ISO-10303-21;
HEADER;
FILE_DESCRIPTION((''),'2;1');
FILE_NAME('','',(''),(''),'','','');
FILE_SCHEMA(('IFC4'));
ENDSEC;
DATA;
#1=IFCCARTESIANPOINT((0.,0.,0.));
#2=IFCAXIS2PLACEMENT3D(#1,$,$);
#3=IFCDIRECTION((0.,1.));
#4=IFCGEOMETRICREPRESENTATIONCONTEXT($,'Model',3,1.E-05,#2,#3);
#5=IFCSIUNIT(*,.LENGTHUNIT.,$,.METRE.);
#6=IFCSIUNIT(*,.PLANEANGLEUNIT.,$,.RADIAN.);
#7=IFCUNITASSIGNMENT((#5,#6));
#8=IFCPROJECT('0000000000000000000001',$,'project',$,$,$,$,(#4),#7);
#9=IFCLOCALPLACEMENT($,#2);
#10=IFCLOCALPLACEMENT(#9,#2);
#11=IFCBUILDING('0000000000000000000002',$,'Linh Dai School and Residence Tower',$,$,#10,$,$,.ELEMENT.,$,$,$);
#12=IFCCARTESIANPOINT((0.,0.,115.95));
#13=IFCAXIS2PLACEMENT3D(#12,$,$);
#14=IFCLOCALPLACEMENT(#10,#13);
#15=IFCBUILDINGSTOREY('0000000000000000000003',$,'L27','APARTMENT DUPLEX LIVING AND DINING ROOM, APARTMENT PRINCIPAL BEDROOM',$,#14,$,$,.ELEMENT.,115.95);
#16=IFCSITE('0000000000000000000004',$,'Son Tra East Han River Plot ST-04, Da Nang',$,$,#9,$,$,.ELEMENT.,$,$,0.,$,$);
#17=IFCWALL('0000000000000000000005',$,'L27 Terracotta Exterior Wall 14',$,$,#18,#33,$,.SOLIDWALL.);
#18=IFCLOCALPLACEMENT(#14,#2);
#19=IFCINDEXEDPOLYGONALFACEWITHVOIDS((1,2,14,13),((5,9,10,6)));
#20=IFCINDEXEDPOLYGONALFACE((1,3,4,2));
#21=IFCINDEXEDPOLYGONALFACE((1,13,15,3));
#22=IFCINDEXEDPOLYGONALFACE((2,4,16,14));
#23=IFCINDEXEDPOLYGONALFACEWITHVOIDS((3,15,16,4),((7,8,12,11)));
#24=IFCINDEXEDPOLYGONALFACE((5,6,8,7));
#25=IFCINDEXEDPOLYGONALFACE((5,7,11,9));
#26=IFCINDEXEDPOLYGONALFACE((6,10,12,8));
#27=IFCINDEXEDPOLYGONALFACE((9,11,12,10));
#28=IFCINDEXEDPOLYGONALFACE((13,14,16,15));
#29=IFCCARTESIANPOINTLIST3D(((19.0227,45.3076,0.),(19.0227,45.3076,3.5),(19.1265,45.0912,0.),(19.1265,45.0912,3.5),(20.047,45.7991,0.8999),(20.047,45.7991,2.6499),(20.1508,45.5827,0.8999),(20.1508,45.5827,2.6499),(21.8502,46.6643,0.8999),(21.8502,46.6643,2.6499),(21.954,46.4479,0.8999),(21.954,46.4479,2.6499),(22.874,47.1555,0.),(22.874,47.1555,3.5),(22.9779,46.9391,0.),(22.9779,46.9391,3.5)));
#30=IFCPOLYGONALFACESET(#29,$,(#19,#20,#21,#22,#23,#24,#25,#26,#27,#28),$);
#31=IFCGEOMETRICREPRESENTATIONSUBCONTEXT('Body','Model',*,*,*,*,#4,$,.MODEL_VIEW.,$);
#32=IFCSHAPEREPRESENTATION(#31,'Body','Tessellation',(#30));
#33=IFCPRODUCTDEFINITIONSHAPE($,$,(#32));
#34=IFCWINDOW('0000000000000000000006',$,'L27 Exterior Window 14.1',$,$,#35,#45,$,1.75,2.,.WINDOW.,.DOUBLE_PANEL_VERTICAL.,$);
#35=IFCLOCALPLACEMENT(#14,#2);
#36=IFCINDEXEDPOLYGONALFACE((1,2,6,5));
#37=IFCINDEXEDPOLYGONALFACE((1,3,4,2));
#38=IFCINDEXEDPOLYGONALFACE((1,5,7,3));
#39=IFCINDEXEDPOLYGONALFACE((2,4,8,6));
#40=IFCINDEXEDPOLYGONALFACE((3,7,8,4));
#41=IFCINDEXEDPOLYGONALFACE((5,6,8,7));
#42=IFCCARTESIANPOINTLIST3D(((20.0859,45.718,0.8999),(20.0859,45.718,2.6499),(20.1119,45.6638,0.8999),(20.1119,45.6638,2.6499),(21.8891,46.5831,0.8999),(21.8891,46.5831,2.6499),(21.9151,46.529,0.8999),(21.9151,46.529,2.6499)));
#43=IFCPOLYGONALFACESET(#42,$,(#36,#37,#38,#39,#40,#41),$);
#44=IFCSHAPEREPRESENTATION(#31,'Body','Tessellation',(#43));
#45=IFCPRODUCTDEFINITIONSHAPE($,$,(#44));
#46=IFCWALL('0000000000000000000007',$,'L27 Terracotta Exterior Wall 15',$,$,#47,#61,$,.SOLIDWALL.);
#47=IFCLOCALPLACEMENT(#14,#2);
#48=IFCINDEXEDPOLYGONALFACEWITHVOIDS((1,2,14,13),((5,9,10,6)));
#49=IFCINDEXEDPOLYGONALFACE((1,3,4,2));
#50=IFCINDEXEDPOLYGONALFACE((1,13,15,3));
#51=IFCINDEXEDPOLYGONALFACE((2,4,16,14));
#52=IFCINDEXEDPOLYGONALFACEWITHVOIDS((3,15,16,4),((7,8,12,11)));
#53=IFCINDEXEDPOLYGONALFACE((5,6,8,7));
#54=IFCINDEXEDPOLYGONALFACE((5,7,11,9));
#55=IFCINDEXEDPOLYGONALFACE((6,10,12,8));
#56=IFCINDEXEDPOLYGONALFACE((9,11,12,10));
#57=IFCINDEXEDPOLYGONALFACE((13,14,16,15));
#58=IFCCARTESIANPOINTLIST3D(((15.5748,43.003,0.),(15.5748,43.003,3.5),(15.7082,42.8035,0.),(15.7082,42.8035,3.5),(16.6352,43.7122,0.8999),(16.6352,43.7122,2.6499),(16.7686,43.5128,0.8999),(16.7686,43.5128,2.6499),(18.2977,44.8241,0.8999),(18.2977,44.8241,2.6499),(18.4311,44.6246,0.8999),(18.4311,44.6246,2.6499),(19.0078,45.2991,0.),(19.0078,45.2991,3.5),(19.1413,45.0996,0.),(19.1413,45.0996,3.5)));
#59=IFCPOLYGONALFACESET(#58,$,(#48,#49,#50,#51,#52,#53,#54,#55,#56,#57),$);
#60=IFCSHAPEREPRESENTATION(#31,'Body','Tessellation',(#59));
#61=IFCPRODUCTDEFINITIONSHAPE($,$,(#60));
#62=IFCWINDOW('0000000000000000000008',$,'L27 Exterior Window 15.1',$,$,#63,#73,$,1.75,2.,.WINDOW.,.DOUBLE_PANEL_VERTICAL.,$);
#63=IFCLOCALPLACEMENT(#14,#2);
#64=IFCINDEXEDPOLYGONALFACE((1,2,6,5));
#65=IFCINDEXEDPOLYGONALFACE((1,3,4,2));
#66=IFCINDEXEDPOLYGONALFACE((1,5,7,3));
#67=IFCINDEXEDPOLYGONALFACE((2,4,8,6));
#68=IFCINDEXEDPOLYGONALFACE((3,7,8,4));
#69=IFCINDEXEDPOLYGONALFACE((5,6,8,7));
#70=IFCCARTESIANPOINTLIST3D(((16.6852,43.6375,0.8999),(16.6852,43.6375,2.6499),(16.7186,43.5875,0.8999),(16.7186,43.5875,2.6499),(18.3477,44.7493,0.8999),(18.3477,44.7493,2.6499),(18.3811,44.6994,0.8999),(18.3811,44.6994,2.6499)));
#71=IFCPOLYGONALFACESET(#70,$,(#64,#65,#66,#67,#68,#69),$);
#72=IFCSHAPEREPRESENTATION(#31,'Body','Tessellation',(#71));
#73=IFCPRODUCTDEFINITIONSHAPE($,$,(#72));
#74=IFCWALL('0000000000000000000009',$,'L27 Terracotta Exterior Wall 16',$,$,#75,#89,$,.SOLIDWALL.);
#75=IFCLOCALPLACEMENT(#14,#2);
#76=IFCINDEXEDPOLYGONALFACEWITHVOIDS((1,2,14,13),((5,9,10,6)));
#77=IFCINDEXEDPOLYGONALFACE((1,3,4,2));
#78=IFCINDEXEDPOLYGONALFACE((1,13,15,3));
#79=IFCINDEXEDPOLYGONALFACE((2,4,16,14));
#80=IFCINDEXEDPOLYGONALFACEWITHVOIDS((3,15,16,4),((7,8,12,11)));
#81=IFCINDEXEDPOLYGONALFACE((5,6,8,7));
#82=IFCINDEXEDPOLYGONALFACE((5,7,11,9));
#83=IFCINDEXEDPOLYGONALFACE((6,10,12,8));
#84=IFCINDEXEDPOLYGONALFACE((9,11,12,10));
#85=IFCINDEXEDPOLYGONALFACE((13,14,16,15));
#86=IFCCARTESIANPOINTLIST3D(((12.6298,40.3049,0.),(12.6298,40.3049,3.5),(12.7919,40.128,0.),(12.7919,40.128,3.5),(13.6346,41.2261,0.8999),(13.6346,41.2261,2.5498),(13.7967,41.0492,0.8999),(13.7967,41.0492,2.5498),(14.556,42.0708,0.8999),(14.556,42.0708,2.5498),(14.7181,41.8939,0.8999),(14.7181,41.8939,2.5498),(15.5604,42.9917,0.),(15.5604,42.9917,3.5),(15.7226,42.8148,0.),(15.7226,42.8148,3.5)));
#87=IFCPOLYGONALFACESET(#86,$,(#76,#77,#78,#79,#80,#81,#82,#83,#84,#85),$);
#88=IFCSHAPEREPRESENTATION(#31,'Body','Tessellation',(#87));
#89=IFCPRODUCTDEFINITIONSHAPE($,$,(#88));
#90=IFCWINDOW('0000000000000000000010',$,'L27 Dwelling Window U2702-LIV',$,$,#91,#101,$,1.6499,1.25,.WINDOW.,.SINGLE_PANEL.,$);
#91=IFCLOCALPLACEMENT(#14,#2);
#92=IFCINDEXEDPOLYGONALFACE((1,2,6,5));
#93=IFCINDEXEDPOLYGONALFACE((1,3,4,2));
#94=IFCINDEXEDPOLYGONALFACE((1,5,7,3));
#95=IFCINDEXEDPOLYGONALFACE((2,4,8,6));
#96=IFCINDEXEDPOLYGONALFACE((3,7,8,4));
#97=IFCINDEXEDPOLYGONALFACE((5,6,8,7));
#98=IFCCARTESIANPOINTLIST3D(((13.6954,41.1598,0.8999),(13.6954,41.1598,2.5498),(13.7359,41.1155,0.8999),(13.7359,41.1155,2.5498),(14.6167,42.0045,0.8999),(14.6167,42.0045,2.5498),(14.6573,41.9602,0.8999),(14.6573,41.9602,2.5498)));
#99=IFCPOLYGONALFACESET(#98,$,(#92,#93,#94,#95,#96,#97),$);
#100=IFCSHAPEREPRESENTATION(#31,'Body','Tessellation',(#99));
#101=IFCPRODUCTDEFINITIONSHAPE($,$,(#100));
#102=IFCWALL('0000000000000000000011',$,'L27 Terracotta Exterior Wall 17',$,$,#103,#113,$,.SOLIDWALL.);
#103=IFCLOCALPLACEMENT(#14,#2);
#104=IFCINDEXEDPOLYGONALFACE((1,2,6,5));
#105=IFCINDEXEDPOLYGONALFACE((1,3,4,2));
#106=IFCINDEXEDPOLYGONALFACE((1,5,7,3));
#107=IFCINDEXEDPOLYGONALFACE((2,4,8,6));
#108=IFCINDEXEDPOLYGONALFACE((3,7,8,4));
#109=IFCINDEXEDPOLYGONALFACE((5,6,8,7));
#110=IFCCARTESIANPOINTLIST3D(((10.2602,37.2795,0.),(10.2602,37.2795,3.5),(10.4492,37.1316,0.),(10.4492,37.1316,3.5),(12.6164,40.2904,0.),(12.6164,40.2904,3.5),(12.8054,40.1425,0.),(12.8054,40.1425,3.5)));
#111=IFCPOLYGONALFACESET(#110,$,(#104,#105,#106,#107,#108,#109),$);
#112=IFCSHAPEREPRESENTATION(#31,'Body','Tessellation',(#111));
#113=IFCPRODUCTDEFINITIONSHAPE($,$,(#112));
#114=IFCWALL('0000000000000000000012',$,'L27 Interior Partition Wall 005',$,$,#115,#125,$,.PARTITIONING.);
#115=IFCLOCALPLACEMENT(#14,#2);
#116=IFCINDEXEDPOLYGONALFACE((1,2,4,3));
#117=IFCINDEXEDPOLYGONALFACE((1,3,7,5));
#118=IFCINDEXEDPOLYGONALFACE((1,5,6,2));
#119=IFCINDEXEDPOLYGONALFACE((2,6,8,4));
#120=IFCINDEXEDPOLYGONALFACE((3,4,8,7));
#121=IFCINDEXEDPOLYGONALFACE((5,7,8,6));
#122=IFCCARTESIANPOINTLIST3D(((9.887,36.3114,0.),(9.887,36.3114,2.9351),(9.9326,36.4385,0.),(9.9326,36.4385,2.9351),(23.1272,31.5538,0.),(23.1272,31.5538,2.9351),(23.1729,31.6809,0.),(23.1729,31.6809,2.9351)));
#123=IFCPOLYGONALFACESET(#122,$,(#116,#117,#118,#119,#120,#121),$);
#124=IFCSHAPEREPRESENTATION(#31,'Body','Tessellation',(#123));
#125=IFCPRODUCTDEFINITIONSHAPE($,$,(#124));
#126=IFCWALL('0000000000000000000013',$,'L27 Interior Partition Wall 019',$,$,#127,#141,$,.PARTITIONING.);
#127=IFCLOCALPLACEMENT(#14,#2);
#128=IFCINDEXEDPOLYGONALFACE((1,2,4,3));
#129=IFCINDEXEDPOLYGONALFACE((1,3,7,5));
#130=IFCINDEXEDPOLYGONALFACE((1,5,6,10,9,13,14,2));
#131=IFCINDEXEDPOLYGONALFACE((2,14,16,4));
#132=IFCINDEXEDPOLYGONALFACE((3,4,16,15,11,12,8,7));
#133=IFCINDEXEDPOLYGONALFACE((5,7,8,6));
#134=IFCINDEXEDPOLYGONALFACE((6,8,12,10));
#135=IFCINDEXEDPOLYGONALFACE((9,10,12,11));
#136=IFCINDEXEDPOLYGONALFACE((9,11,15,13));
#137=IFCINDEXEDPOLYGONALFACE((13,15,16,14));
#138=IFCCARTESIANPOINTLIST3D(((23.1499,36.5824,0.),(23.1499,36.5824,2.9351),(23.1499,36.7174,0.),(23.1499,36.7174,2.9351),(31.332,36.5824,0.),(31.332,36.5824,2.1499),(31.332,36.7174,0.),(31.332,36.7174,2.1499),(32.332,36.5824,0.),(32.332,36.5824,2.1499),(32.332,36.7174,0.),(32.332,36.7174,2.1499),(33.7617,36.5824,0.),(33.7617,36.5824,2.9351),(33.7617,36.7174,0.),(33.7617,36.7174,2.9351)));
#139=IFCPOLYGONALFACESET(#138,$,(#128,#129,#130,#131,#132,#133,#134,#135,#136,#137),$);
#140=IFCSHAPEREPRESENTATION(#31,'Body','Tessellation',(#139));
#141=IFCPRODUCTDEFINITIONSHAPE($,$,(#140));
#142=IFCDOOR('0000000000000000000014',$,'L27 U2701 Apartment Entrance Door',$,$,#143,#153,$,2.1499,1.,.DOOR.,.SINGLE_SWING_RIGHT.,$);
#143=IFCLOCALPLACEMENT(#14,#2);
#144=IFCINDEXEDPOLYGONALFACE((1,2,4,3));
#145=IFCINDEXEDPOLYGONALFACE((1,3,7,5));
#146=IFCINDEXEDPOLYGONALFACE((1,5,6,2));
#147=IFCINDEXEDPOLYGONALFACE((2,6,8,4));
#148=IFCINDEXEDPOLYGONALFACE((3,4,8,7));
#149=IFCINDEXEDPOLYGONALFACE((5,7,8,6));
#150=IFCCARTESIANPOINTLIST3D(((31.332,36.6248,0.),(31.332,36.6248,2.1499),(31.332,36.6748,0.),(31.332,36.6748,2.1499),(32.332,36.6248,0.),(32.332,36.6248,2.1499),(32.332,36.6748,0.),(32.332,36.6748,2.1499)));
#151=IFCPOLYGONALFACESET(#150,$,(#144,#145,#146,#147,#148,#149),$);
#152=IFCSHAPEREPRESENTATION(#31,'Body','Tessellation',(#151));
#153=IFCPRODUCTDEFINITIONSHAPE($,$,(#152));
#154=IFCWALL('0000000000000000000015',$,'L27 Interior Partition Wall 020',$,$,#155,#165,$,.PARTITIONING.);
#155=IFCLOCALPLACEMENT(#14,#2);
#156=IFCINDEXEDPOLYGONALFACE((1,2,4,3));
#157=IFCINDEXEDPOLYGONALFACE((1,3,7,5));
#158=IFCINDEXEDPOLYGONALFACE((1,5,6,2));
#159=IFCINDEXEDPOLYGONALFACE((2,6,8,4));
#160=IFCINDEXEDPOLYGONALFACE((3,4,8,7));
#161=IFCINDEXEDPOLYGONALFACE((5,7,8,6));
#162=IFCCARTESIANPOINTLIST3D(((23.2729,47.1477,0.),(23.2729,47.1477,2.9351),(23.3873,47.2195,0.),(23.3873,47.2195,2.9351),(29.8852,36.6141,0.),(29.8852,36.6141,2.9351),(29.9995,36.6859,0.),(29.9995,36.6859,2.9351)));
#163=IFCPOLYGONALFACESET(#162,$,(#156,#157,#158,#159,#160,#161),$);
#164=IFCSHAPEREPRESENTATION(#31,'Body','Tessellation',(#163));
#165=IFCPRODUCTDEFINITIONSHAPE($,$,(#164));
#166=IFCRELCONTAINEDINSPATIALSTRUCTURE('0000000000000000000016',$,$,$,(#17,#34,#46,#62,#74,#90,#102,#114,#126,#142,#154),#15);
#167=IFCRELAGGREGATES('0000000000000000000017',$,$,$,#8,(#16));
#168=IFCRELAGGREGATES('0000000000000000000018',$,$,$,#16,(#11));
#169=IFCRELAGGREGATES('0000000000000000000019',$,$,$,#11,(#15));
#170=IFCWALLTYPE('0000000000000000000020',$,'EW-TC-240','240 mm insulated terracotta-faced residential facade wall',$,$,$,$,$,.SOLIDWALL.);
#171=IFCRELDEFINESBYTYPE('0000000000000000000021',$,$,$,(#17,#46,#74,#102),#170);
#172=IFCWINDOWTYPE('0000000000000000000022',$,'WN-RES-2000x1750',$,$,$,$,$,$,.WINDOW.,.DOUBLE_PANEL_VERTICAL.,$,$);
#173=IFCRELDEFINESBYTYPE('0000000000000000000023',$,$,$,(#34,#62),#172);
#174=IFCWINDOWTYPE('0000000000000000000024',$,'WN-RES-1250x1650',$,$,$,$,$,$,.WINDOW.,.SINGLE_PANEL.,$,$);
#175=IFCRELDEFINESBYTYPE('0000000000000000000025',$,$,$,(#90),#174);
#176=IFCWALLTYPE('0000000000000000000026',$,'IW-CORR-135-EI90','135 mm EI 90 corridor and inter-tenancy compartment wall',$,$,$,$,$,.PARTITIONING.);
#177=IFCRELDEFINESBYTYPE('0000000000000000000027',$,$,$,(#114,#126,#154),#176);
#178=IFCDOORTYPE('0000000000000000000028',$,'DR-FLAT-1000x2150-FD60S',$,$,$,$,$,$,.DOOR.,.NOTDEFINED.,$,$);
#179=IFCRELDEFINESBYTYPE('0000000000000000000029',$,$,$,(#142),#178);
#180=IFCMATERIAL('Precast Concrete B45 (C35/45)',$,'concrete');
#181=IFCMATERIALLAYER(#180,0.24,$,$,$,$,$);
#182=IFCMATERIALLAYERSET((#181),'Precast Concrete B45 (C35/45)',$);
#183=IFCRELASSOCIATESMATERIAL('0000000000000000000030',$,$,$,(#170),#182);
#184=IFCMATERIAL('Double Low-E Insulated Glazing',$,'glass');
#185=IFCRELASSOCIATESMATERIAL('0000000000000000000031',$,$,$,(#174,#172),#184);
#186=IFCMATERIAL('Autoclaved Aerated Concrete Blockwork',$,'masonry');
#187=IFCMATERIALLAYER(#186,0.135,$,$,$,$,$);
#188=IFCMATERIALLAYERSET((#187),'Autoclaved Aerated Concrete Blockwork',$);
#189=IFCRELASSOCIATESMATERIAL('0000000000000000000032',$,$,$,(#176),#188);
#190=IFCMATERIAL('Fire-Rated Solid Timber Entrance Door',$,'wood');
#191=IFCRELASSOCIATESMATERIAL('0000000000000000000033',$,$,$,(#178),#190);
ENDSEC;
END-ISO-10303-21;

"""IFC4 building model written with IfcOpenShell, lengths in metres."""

from ifc_helpers import new_model, si_unit, direction, frame, frame_2d, origin, origin_2d, place, context, subcontext, project, spatial, rectangle, extrude, source, transform, mapped, material, layer, layer_set, type_object, element, fill, save


model = new_model("IFC4")

# Units and contexts
model_context = context("Model", 3, precision=1e-05, world=origin(), true_north=direction((0.0, 1.0)))
body_context = subcontext(model_context, "Body", "Model", "MODEL_VIEW")
ifc_project = project(units=[si_unit("LENGTHUNIT", "METRE"), si_unit("PLANEANGLEUNIT", "RADIAN")], contexts=[model_context])

# Site, building, storey
site_placement = place(None, origin())
site = spatial("IfcSite", under=ifc_project, at=site_placement, Name="Son Tra East Han River Plot ST-04, Da Nang", CompositionType="ELEMENT", RefElevation=0.0)
building_placement = place(site_placement, origin())
building = spatial("IfcBuilding", under=site, at=building_placement, Name="Linh Dai School and Residence Tower", CompositionType="ELEMENT")
storey_placement = place(building_placement, frame((0.0, 0.0, 115.95)))
storey = spatial("IfcBuildingStorey", under=building, at=storey_placement, Name="L27", Description="APARTMENT DUPLEX LIVING AND DINING ROOM, APARTMENT PRINCIPAL BEDROOM", CompositionType="ELEMENT", Elevation=115.95)

# Shared definitions
ifc_material_1 = material(Name="Precast Concrete B45 (C35/45)", Category="concrete")

# Walls, openings, windows
ifc_layer_1 = layer(ifc_material_1, 0.24)
ifc_layer_set_1 = layer_set([ifc_layer_1], Name="Precast Concrete B45 (C35/45)")
wall_type_1 = type_object("IfcWallType", Name="EW-TC-240", Description="240 mm insulated terracotta-faced residential facade wall", PredefinedType="SOLIDWALL", material=ifc_layer_set_1)
ifc_material_2 = material(Name="Double Low-E Insulated Glazing", Category="glass")
window_type_1 = type_object("IfcWindowType", Name="WN-RES-1250x1650", PartitioningType="SINGLE_PANEL", PredefinedType="WINDOW", material=ifc_material_2)
shared_shape_1 = source(origin(), body_context, "Body", "SweptSolid", [
    extrude(rectangle(XDim=1.25, YDim=1.6499, at=origin_2d()), frame((0.625, 0.03, 0.825), z_axis=(0.0, -1.0, 0.0), x_axis=(1.0, 0.0, 0.0)), (0.0, 0.0, 1.0), 0.0601),
])
wall_1_placement = place(storey_placement, frame((19.0747, 45.1995, 0.0), z_axis=(0.0, 0.0, 1.0), x_axis=(0.90159, 0.432592, 0.0)))
wall_1 = element("IfcWall", 1, at=wall_1_placement, inside=storey, type_object=wall_type_1, Name="L27 Terracotta Exterior Wall 14", PredefinedType="SOLIDWALL", context=body_context, shape_type="SweptSolid", body=[
    extrude(rectangle(XDim=4.2717, YDim=0.24, at=frame_2d((2.1357, 0.0))), origin(), (0.0, 0.0, 1.0), 3.5),
])
opening_1_placement = place(wall_1_placement, frame((1.136, 0.0, 0.8999)))
opening_1 = element("IfcOpeningElement", 2, at=opening_1_placement, cuts=wall_1, PredefinedType="OPENING", context=body_context, shape_type="SweptSolid", body=[
    extrude(rectangle(XDim=2.0, YDim=1.75, at=origin_2d()), frame((1.0, 0.1299, 0.875), z_axis=(0.0, -1.0, 0.0), x_axis=(1.0, 0.0, 0.0)), (0.0, 0.0, 1.0), 0.26),
])
window_type_2 = type_object("IfcWindowType", Name="WN-RES-2000x1750", PartitioningType="DOUBLE_PANEL_VERTICAL", PredefinedType="WINDOW", material=ifc_material_2)
shared_shape_2 = source(origin(), body_context, "Body", "SweptSolid", [
    extrude(rectangle(XDim=2.0, YDim=1.75, at=origin_2d()), frame((1.0, 0.03, 0.875), z_axis=(0.0, -1.0, 0.0), x_axis=(1.0, 0.0, 0.0)), (0.0, 0.0, 1.0), 0.0601),
])
window_1_placement = place(opening_1_placement, origin())
window_1 = element("IfcWindow", 3, at=window_1_placement, inside=storey, type_object=window_type_2, Name="L27 Exterior Window 14.1", OverallHeight=1.75, OverallWidth=2.0, PartitioningType="DOUBLE_PANEL_VERTICAL", PredefinedType="WINDOW", context=body_context, shape_type="MappedRepresentation", body=[
    mapped(shared_shape_2, transform((0.0, 0.0, 0.0), x_axis=(1.0, 0.0, 0.0), y_axis=(0.0, 1.0, 0.0), z_axis=(0.0, 0.0, 1.0), scale=1.0)),
])
fill(opening_1, window_1)
wall_2_placement = place(storey_placement, frame((15.6416, 42.9033, 0.0), z_axis=(0.0, 0.0, 1.0), x_axis=(0.831222, 0.555941, 0.0)))
wall_2 = element("IfcWall", 4, at=wall_2_placement, inside=storey, type_object=wall_type_1, Name="L27 Terracotta Exterior Wall 15", PredefinedType="SOLIDWALL", context=body_context, shape_type="SweptSolid", body=[
    extrude(rectangle(XDim=4.1301, YDim=0.24, at=frame_2d((2.0649, 0.0))), origin(), (0.0, 0.0, 1.0), 3.5),
])
opening_2_placement = place(wall_2_placement, frame((1.2756, 0.0, 0.8999)))
opening_2 = element("IfcOpeningElement", 5, at=opening_2_placement, cuts=wall_2, PredefinedType="OPENING", context=body_context, shape_type="SweptSolid", body=[
    extrude(rectangle(XDim=2.0, YDim=1.75, at=origin_2d()), frame((1.0, 0.1299, 0.875), z_axis=(0.0, -1.0, 0.0), x_axis=(1.0, 0.0, 0.0)), (0.0, 0.0, 1.0), 0.26),
])
window_2_placement = place(opening_2_placement, origin())
window_2 = element("IfcWindow", 6, at=window_2_placement, inside=storey, type_object=window_type_2, Name="L27 Exterior Window 15.1", OverallHeight=1.75, OverallWidth=2.0, PartitioningType="DOUBLE_PANEL_VERTICAL", PredefinedType="WINDOW", context=body_context, shape_type="MappedRepresentation", body=[
    mapped(shared_shape_2, transform((0.0, 0.0, 0.0), x_axis=(1.0, 0.0, 0.0), y_axis=(0.0, 1.0, 0.0), z_axis=(0.0, 0.0, 1.0), scale=1.0)),
])
fill(opening_2, window_2)
wall_3_placement = place(storey_placement, frame((12.7109, 40.2166, 0.0), z_axis=(0.0, 0.0, 1.0), x_axis=(0.737113, 0.675769, 0.0)))
wall_3 = element("IfcWall", 7, at=wall_3_placement, inside=storey, type_object=wall_type_1, Name="L27 Terracotta Exterior Wall 16", PredefinedType="SOLIDWALL", context=body_context, shape_type="SweptSolid", body=[
    extrude(rectangle(XDim=3.9758, YDim=0.24, at=frame_2d((1.9878, 0.0))), origin(), (0.0, 0.0, 1.0), 3.5),
])
opening_3_placement = place(wall_3_placement, frame((1.363, 0.0, 0.8999)))
opening_3 = element("IfcOpeningElement", 8, at=opening_3_placement, cuts=wall_3, PredefinedType="OPENING", context=body_context, shape_type="SweptSolid", body=[
    extrude(rectangle(XDim=1.25, YDim=1.6499, at=origin_2d()), frame((0.625, 0.1299, 0.825), z_axis=(0.0, -1.0, 0.0), x_axis=(1.0, 0.0, 0.0)), (0.0, 0.0, 1.0), 0.26),
])
window_3_placement = place(opening_3_placement, origin())
window_3 = element("IfcWindow", 9, at=window_3_placement, inside=storey, type_object=window_type_1, Name="L27 Dwelling Window U2702-LIV", OverallHeight=1.6499, OverallWidth=1.25, PartitioningType="SINGLE_PANEL", PredefinedType="WINDOW", context=body_context, shape_type="MappedRepresentation", body=[
    mapped(shared_shape_1, transform((0.0, 0.0, 0.0), x_axis=(1.0, 0.0, 0.0), y_axis=(0.0, 1.0, 0.0), z_axis=(0.0, 0.0, 1.0), scale=1.0)),
])
fill(opening_3, window_3)

# Walls
wall_4_placement = place(storey_placement, frame((10.3547, 37.2056, 0.0), z_axis=(0.0, 0.0, 1.0), x_axis=(0.616272, 0.787533, 0.0)))
element("IfcWall", 10, at=wall_4_placement, inside=storey, type_object=wall_type_1, Name="L27 Terracotta Exterior Wall 17", PredefinedType="SOLIDWALL", context=body_context, shape_type="SweptSolid", body=[
    extrude(rectangle(XDim=3.8232, YDim=0.24, at=frame_2d((1.9116, 0.0))), origin(), (0.0, 0.0, 1.0), 3.5),
])
ifc_material_3 = material(Name="Autoclaved Aerated Concrete Blockwork", Category="masonry")
ifc_layer_2 = layer(ifc_material_3, 0.135)
ifc_layer_set_2 = layer_set([ifc_layer_2], Name="Autoclaved Aerated Concrete Blockwork")
wall_type_2 = type_object("IfcWallType", Name="IW-CORR-135-EI90", Description="135 mm EI 90 corridor and inter-tenancy compartment wall", PredefinedType="PARTITIONING", material=ifc_layer_set_2)
wall_5_placement = place(storey_placement, frame((9.9097, 36.375, 0.0), z_axis=(0.0, 0.0, 1.0), x_axis=(0.941089, -0.338158, 0.0)))
element("IfcWall", 11, at=wall_5_placement, inside=storey, type_object=wall_type_2, Name="L27 Interior Partition Wall 005", PredefinedType="PARTITIONING", context=body_context, shape_type="SweptSolid", body=[
    extrude(rectangle(XDim=14.0691, YDim=0.135, at=frame_2d((7.0347, 0.0))), origin(), (0.0, 0.0, 1.0), 2.9351),
])

# Wall, opening, door
wall_6_placement = place(storey_placement, frame((23.1499, 36.6499, 0.0), z_axis=(0.0, 0.0, 1.0), x_axis=(1.0, 0.0, 0.0)))
wall_6 = element("IfcWall", 12, at=wall_6_placement, inside=storey, type_object=wall_type_2, Name="L27 Interior Partition Wall 019", PredefinedType="PARTITIONING", context=body_context, shape_type="SweptSolid", body=[
    extrude(rectangle(XDim=10.6118, YDim=0.135, at=frame_2d((5.3059, 0.0))), origin(), (0.0, 0.0, 1.0), 2.9351),
])
opening_4_placement = place(wall_6_placement, frame((8.1821, 0.0, 0.0)))
opening_4 = element("IfcOpeningElement", 13, at=opening_4_placement, cuts=wall_6, PredefinedType="OPENING", context=body_context, shape_type="SweptSolid", body=[
    extrude(rectangle(XDim=1.0, YDim=2.1499, at=origin_2d()), frame((0.5, 0.0776, 1.075), z_axis=(0.0, -1.0, 0.0), x_axis=(1.0, 0.0, 0.0)), (0.0, 0.0, 1.0), 0.155),
])
ifc_material_4 = material(Name="Fire-Rated Solid Timber Entrance Door", Category="wood")
door_type_1 = type_object("IfcDoorType", Name="DR-FLAT-1000x2150-FD60S", OperationType="NOTDEFINED", PredefinedType="DOOR", material=ifc_material_4)
shared_shape_3 = source(origin(), body_context, "Body", "SweptSolid", [
    extrude(rectangle(XDim=1.0, YDim=2.1499, at=origin_2d()), frame((0.5, 0.0249, 1.075), z_axis=(0.0, -1.0, 0.0), x_axis=(1.0, 0.0, 0.0)), (0.0, 0.0, 1.0), 0.05),
])
door_1_placement = place(opening_4_placement, origin())
door_1 = element("IfcDoor", 14, at=door_1_placement, inside=storey, type_object=door_type_1, Name="L27 U2701 Apartment Entrance Door", OperationType="SINGLE_SWING_RIGHT", OverallHeight=2.1499, OverallWidth=1.0, PredefinedType="DOOR", context=body_context, shape_type="MappedRepresentation", body=[
    mapped(shared_shape_3, transform((0.0, 0.0, 0.0), x_axis=(1.0, 0.0, 0.0), y_axis=(0.0, 1.0, 0.0), z_axis=(0.0, 0.0, 1.0), scale=1.0)),
])
fill(opening_4, door_1)

# Wall
wall_7_placement = place(storey_placement, frame((23.3301, 47.1836, 0.0), z_axis=(0.0, 0.0, 1.0), x_axis=(0.53166, -0.846958, 0.0)))
element("IfcWall", 15, at=wall_7_placement, inside=storey, type_object=wall_type_2, Name="L27 Interior Partition Wall 020", PredefinedType="PARTITIONING", context=body_context, shape_type="SweptSolid", body=[
    extrude(rectangle(XDim=12.437, YDim=0.135, at=frame_2d((6.2185, 0.0))), origin(), (0.0, 0.0, 1.0), 2.9351),
])

save(model, "model.ifc")
